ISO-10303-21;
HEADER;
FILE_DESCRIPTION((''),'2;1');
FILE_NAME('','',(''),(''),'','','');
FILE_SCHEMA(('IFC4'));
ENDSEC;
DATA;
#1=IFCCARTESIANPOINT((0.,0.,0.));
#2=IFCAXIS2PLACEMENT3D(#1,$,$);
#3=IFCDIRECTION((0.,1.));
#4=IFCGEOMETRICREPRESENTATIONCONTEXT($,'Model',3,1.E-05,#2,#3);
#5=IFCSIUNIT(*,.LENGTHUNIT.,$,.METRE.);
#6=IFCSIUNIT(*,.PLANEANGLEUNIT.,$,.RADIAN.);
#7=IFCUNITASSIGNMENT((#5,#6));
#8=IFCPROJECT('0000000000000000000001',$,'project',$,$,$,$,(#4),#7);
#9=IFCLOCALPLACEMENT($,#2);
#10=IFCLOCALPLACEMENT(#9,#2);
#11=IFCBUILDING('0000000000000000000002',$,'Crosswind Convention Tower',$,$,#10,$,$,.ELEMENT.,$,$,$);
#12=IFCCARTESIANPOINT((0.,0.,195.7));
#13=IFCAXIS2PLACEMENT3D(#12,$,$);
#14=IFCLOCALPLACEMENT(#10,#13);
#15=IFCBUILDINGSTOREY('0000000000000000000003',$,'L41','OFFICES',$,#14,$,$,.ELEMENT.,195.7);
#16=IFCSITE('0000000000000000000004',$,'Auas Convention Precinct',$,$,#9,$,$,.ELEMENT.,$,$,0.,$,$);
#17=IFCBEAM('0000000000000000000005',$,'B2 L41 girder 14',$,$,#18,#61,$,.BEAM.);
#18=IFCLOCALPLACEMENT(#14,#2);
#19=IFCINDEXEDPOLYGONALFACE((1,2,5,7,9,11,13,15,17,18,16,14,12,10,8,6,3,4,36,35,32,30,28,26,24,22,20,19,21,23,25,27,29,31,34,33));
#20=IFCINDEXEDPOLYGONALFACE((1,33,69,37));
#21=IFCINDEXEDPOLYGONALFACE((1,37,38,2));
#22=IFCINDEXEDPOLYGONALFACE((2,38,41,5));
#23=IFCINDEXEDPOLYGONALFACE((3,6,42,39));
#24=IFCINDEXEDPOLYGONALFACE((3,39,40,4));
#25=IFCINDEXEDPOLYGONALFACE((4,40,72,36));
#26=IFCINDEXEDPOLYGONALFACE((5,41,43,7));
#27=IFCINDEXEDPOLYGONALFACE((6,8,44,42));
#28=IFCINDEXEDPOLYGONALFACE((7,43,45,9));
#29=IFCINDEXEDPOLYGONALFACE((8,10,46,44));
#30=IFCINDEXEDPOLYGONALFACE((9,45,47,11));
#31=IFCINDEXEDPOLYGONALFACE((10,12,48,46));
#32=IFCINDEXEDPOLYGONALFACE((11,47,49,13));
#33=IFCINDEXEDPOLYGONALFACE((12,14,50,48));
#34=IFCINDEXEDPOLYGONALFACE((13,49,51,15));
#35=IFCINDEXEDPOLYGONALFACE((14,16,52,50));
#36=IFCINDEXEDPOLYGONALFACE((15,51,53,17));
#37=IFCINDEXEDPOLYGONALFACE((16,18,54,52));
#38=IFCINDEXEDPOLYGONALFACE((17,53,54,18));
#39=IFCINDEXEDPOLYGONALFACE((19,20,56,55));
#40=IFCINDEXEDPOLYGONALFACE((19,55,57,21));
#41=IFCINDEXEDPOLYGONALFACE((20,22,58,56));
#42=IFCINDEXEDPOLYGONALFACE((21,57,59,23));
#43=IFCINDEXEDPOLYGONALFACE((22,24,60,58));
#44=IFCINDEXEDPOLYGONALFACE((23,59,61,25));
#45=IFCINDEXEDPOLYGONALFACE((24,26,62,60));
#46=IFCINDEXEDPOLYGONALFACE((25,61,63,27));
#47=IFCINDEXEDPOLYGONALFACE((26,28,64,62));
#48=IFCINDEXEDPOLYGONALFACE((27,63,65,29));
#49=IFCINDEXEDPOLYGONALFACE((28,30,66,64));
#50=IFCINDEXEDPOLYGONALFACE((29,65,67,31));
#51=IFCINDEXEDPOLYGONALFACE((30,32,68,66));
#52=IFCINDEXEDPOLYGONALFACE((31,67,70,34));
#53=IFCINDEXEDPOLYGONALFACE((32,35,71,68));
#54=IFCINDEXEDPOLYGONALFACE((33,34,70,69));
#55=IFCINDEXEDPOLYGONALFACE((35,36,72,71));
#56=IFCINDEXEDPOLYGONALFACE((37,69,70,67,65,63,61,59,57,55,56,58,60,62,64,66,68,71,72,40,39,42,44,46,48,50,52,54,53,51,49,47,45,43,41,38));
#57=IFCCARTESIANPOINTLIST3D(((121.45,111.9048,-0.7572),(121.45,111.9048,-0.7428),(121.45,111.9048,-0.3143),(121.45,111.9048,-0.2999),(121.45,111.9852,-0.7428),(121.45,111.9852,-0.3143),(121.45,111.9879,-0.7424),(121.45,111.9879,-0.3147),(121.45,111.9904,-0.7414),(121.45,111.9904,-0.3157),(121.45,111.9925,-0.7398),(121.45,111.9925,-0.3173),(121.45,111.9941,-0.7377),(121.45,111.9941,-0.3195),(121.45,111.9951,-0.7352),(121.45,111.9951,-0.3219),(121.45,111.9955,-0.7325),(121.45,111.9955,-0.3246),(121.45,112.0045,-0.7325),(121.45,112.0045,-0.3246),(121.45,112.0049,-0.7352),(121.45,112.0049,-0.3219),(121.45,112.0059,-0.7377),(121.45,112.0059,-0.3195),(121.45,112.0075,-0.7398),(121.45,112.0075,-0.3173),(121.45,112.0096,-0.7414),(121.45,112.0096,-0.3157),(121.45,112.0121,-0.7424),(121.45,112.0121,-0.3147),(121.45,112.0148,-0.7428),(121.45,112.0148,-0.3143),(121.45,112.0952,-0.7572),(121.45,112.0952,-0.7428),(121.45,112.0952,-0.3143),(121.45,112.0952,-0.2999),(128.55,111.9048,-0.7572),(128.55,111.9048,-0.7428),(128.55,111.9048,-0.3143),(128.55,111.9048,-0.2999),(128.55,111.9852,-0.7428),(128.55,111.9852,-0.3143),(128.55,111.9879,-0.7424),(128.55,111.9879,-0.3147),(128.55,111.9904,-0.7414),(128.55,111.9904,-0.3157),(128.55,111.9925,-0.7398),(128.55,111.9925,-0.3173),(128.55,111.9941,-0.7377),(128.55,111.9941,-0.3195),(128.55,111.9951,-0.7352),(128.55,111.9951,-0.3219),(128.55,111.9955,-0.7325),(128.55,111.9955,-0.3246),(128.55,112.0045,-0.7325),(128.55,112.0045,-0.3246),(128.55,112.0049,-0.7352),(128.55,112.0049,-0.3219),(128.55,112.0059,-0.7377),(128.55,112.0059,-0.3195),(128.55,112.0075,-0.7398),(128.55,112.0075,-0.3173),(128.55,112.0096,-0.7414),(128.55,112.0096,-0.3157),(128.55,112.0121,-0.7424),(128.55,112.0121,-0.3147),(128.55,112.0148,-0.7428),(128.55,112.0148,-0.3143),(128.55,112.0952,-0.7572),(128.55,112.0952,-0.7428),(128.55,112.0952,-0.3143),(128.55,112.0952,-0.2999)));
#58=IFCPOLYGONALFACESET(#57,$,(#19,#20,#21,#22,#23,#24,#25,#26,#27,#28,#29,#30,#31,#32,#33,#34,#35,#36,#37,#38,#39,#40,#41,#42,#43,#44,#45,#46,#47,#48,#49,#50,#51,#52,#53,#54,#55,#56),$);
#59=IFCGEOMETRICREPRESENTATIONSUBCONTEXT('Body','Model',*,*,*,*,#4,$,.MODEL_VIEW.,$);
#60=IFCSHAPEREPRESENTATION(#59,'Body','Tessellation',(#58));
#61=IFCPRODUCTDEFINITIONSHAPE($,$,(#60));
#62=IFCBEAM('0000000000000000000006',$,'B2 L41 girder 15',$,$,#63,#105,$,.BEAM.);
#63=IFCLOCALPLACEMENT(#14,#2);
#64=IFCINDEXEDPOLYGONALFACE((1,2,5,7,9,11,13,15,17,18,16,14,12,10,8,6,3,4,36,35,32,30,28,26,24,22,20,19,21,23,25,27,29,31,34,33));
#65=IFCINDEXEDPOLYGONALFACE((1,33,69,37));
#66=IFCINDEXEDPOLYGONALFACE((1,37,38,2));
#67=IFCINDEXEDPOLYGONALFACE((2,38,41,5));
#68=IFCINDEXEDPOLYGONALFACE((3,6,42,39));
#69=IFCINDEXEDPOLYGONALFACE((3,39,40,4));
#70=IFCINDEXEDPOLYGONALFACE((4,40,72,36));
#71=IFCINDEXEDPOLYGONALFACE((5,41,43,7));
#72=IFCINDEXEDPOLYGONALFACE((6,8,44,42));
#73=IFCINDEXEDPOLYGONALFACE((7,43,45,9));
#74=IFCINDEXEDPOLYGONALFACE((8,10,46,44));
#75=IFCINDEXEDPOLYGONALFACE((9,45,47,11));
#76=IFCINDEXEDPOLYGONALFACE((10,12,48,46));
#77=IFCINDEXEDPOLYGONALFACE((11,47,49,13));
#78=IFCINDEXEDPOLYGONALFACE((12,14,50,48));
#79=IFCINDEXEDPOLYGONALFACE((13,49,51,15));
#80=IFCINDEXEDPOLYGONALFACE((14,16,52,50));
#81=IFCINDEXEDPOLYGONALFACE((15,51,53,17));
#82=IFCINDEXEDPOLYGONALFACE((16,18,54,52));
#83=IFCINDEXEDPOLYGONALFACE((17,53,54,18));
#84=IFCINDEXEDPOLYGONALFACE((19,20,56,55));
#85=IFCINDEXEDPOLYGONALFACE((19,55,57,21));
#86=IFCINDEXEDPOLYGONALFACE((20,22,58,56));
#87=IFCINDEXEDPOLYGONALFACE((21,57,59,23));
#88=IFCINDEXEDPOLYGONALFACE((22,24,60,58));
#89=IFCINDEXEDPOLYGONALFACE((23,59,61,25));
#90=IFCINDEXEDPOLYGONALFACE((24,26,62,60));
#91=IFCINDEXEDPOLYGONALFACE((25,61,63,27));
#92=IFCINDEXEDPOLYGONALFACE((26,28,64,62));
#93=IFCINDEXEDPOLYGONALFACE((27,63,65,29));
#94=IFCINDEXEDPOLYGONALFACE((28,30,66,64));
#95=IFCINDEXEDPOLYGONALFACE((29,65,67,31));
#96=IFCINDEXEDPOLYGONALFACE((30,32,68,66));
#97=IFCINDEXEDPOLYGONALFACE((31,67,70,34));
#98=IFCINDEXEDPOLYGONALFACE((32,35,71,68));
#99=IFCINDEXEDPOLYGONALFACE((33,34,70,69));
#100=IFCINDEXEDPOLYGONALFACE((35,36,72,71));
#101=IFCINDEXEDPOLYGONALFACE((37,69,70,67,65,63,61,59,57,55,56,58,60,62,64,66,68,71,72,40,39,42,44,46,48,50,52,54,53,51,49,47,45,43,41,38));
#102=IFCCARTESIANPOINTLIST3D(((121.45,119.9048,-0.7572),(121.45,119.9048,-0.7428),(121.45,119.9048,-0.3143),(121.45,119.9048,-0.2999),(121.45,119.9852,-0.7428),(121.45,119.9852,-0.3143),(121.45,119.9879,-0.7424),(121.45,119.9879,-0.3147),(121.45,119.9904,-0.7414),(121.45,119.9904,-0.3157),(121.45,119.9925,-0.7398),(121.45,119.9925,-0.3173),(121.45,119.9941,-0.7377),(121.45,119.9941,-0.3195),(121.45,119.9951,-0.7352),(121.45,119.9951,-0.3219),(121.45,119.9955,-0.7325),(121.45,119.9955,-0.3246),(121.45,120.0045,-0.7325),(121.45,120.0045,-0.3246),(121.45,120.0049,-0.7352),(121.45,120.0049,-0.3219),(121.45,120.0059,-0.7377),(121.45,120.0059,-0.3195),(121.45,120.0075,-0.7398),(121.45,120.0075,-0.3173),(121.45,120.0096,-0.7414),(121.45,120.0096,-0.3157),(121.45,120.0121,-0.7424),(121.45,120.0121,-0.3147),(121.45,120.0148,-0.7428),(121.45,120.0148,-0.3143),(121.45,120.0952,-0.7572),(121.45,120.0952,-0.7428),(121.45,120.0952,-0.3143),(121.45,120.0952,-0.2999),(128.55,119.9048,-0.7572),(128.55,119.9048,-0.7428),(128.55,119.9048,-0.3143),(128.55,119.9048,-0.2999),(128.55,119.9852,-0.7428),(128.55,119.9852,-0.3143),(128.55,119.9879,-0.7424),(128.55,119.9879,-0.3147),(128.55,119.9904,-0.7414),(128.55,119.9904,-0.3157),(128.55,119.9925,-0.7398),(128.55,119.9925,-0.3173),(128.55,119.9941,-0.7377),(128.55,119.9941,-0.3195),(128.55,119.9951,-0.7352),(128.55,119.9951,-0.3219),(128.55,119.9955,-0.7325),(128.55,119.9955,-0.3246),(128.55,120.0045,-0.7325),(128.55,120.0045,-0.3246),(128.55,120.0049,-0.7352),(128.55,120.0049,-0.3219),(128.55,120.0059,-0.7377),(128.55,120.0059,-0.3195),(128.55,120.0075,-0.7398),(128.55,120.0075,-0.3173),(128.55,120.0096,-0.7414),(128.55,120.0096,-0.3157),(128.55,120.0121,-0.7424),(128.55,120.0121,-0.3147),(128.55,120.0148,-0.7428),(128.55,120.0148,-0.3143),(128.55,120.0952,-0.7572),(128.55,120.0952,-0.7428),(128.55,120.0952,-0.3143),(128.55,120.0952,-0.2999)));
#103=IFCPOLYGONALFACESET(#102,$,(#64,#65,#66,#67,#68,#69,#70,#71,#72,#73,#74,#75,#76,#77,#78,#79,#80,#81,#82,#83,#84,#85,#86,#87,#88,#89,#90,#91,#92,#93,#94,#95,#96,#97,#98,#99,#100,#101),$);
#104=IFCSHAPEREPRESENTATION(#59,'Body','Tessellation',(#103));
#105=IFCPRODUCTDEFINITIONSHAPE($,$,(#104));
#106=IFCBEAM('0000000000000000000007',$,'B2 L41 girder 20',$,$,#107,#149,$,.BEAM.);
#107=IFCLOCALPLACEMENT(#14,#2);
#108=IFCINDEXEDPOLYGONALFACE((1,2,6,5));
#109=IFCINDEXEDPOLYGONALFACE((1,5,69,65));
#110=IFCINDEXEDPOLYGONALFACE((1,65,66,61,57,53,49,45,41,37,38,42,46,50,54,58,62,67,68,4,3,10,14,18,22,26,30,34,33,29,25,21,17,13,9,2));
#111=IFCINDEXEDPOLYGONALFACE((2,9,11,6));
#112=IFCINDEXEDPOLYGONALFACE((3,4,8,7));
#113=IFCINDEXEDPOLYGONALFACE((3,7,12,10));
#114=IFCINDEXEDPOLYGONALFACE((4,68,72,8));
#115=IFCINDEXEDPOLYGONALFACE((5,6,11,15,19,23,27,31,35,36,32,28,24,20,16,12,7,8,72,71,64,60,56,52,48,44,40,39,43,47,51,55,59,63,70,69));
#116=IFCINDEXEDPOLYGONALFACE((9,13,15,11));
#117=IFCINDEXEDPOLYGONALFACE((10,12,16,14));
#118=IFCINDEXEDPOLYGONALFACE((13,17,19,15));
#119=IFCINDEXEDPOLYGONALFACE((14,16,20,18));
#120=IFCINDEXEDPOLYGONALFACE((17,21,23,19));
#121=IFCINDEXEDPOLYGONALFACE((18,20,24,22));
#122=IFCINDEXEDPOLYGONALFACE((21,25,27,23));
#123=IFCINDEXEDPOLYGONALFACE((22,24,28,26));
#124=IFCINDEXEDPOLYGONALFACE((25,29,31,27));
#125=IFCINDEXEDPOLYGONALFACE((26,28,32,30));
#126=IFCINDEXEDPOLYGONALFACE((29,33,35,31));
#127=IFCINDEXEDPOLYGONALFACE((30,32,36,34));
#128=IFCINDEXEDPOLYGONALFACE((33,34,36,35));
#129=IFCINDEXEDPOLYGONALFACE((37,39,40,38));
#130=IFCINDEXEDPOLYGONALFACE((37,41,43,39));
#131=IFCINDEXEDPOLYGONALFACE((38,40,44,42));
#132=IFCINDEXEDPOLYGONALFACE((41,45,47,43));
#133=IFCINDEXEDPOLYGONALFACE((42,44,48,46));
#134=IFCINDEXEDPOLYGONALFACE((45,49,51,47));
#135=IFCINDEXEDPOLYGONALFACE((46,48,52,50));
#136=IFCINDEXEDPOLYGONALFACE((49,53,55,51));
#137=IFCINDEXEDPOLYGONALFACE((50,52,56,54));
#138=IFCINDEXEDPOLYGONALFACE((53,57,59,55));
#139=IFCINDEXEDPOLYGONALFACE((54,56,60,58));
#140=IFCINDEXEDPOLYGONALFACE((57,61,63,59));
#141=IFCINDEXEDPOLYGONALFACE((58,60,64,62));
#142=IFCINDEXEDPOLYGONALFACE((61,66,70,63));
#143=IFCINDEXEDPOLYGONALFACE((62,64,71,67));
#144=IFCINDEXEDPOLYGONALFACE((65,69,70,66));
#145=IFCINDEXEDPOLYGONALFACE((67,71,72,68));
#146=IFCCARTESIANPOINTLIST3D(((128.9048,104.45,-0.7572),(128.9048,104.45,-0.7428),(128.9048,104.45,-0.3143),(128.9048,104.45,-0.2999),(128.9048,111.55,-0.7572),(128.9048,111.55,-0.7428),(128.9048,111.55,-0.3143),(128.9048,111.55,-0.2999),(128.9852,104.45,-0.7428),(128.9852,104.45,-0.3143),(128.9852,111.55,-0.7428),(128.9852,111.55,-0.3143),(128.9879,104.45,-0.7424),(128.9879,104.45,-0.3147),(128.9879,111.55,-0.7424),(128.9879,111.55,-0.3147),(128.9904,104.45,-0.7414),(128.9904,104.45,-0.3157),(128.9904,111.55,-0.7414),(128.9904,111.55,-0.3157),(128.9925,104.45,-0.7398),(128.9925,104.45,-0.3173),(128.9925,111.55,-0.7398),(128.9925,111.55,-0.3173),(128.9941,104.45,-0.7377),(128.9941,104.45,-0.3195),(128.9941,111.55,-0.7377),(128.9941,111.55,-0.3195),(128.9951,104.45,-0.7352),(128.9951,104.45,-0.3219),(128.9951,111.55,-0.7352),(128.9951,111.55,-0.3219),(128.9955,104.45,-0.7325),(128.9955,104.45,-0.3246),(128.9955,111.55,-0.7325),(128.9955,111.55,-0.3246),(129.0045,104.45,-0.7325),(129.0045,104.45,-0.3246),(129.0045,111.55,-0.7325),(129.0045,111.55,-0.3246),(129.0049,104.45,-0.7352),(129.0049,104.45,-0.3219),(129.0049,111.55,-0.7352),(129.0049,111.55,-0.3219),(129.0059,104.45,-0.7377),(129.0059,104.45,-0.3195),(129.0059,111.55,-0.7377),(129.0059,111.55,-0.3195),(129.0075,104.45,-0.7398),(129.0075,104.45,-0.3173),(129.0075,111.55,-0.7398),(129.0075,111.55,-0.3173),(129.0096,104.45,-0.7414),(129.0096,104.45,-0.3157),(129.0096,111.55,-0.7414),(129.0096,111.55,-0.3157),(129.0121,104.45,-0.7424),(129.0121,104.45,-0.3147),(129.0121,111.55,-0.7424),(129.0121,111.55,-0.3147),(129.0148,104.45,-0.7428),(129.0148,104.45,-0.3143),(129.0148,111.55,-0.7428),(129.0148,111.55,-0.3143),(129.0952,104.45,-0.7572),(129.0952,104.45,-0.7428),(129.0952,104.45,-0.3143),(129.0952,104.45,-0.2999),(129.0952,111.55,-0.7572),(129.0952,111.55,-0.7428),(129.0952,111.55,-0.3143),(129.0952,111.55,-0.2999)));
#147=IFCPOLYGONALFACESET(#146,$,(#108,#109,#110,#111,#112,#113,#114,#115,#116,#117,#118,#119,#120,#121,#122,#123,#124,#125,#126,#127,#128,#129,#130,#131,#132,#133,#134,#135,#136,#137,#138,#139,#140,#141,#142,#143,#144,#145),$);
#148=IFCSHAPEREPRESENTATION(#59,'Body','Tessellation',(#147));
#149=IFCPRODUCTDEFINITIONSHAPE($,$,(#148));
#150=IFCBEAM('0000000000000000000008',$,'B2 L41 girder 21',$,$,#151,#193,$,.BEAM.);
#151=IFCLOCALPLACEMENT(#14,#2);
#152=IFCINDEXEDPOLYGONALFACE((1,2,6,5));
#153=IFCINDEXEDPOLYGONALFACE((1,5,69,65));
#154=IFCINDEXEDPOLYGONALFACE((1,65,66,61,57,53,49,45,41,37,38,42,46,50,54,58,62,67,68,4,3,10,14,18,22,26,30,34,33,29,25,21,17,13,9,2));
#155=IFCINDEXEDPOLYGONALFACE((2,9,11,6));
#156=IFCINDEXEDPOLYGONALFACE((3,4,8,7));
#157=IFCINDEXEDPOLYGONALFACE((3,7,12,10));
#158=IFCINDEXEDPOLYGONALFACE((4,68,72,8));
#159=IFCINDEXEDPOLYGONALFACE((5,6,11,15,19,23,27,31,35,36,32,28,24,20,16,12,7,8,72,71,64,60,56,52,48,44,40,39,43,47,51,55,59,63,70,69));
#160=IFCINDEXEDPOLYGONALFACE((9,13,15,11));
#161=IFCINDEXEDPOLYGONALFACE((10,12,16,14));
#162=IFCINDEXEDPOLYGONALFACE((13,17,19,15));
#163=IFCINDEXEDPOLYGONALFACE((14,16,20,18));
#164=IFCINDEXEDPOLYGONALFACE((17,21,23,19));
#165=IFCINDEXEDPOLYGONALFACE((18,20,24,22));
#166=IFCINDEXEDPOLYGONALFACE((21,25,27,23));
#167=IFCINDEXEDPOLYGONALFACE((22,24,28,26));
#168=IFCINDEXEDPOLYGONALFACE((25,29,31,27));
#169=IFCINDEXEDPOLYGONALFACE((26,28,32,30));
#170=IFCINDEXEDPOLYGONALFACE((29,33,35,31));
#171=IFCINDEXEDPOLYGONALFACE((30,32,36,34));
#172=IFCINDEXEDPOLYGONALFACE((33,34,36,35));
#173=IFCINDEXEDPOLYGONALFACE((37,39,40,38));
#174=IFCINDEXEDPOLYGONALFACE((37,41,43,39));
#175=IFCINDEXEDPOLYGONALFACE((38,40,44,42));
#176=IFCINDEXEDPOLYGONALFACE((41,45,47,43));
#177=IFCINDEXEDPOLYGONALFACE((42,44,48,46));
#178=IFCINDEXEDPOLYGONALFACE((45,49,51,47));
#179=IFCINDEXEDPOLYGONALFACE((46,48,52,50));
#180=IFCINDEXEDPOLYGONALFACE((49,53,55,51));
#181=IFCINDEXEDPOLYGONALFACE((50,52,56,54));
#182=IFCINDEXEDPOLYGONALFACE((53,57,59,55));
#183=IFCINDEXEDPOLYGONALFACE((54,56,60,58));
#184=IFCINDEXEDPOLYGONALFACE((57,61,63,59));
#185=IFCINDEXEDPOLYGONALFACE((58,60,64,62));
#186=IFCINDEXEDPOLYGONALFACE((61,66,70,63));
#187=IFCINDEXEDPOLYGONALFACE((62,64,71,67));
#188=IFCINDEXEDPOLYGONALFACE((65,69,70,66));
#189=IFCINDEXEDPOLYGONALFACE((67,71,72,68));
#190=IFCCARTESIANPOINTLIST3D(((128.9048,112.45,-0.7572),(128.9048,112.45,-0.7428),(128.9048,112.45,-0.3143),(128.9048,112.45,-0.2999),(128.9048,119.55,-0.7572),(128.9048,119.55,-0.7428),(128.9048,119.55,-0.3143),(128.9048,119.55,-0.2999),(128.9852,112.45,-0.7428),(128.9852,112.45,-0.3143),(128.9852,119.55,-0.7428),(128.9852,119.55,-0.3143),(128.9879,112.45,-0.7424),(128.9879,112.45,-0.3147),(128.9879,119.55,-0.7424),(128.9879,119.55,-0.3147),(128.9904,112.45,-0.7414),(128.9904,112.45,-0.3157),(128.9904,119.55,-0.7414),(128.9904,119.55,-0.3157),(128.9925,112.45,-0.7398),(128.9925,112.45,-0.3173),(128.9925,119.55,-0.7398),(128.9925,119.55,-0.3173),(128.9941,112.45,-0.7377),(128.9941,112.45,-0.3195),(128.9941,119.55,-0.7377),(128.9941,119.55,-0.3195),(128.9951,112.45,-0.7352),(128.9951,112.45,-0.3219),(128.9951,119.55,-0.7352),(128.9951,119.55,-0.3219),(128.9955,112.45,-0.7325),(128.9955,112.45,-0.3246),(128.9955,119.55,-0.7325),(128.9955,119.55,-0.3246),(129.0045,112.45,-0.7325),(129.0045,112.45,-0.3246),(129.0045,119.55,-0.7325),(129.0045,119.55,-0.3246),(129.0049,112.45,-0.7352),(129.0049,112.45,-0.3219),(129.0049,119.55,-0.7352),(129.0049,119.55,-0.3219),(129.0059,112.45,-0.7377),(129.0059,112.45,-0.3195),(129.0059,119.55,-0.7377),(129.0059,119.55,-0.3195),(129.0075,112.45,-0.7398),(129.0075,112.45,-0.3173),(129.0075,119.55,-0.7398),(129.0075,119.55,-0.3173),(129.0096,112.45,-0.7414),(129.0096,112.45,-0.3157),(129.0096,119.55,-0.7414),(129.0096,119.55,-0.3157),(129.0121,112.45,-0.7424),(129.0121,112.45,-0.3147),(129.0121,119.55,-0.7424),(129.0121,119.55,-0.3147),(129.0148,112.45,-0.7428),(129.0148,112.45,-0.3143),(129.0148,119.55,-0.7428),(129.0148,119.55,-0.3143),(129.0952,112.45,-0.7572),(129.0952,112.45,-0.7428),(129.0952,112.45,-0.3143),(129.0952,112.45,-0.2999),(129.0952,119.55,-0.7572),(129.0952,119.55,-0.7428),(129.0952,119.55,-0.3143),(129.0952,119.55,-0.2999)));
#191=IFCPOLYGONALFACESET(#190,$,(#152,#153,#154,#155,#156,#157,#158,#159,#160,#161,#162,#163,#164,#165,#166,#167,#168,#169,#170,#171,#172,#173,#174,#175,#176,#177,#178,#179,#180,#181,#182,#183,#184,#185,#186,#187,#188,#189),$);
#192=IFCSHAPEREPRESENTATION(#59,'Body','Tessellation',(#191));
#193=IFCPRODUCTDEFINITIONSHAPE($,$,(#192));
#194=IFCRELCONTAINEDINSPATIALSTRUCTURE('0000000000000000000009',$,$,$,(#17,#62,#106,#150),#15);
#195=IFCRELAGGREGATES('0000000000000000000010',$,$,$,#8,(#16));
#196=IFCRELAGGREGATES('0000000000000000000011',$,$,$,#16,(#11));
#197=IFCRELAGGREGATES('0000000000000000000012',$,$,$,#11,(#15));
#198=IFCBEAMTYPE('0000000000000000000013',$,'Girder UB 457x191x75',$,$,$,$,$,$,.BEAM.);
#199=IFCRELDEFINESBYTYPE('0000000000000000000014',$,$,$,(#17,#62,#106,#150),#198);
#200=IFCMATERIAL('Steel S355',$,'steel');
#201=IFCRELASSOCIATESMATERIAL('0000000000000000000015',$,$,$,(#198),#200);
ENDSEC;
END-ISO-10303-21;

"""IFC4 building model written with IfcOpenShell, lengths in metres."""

from ifc_helpers import new_model, si_unit, direction, frame, origin, origin_2d, place, context, subcontext, project, spatial, i_section, extrude, material, material_profile, profile_set, type_object, element, save


model = new_model("IFC4")

# Units and contexts
model_context = context("Model", 3, precision=1e-05, world=origin(), true_north=direction((0.0, 1.0)))
body_context = subcontext(model_context, "Body", "Model", "MODEL_VIEW")
ifc_project = project(units=[si_unit("LENGTHUNIT", "METRE"), si_unit("PLANEANGLEUNIT", "RADIAN")], contexts=[model_context])

# Site, building, storey
site_placement = place(None, origin())
site = spatial("IfcSite", under=ifc_project, at=site_placement, Name="Auas Convention Precinct", CompositionType="ELEMENT", RefElevation=0.0)
building_placement = place(site_placement, origin())
building = spatial("IfcBuilding", under=site, at=building_placement, Name="Crosswind Convention Tower", CompositionType="ELEMENT")
storey_placement = place(building_placement, frame((0.0, 0.0, 195.7)))
storey = spatial("IfcBuildingStorey", under=building, at=storey_placement, Name="L41", Description="OFFICES", CompositionType="ELEMENT", Elevation=195.7)

# Beams
ifc_material_1 = material(Name="Steel S355", Category="steel")
ifc_material_profile_1 = material_profile(ifc_material_1, i_section(OverallWidth=0.1904, OverallDepth=0.4573, WebThickness=0.009, FlangeThickness=0.0144, FilletRadius=0.0103, at=origin_2d()), Name="UB 457x191x75")
ifc_profile_set_1 = profile_set([ifc_material_profile_1], Name="Steel S355")
beam_type_1 = type_object("IfcBeamType", Name="Girder UB 457x191x75", PredefinedType="BEAM", material=ifc_profile_set_1)
for number, where, z_axis, x_axis, name in (
    (1, (121.45, 112.0, -0.5286), (1.0, 0.0, 0.0), (0.0, 1.0, 0.0), "B2 L41 girder 14"),
    (2, (121.45, 120.0, -0.5286), (1.0, 0.0, 0.0), (0.0, 1.0, 0.0), "B2 L41 girder 15"),
    (3, (129.0, 104.45, -0.5286), (0.0, 1.0, 0.0), (-1.0, 0.0, 0.0), "B2 L41 girder 20"),
    (4, (129.0, 112.45, -0.5286), (0.0, 1.0, 0.0), (-1.0, 0.0, 0.0), "B2 L41 girder 21"),
):
    element("IfcBeam", number, at=place(storey_placement, frame(where, z_axis=z_axis, x_axis=x_axis)), inside=storey, type_object=beam_type_1, Name=name, PredefinedType="BEAM", context=body_context, shape_type="SweptSolid", body=[
        extrude(i_section(OverallWidth=0.1904, OverallDepth=0.4573, WebThickness=0.009, FlangeThickness=0.0144, FilletRadius=0.0103, at=origin_2d()), origin(), (0.0, 0.0, 1.0), 7.1001),
    ])

save(model, "model.ifc")
